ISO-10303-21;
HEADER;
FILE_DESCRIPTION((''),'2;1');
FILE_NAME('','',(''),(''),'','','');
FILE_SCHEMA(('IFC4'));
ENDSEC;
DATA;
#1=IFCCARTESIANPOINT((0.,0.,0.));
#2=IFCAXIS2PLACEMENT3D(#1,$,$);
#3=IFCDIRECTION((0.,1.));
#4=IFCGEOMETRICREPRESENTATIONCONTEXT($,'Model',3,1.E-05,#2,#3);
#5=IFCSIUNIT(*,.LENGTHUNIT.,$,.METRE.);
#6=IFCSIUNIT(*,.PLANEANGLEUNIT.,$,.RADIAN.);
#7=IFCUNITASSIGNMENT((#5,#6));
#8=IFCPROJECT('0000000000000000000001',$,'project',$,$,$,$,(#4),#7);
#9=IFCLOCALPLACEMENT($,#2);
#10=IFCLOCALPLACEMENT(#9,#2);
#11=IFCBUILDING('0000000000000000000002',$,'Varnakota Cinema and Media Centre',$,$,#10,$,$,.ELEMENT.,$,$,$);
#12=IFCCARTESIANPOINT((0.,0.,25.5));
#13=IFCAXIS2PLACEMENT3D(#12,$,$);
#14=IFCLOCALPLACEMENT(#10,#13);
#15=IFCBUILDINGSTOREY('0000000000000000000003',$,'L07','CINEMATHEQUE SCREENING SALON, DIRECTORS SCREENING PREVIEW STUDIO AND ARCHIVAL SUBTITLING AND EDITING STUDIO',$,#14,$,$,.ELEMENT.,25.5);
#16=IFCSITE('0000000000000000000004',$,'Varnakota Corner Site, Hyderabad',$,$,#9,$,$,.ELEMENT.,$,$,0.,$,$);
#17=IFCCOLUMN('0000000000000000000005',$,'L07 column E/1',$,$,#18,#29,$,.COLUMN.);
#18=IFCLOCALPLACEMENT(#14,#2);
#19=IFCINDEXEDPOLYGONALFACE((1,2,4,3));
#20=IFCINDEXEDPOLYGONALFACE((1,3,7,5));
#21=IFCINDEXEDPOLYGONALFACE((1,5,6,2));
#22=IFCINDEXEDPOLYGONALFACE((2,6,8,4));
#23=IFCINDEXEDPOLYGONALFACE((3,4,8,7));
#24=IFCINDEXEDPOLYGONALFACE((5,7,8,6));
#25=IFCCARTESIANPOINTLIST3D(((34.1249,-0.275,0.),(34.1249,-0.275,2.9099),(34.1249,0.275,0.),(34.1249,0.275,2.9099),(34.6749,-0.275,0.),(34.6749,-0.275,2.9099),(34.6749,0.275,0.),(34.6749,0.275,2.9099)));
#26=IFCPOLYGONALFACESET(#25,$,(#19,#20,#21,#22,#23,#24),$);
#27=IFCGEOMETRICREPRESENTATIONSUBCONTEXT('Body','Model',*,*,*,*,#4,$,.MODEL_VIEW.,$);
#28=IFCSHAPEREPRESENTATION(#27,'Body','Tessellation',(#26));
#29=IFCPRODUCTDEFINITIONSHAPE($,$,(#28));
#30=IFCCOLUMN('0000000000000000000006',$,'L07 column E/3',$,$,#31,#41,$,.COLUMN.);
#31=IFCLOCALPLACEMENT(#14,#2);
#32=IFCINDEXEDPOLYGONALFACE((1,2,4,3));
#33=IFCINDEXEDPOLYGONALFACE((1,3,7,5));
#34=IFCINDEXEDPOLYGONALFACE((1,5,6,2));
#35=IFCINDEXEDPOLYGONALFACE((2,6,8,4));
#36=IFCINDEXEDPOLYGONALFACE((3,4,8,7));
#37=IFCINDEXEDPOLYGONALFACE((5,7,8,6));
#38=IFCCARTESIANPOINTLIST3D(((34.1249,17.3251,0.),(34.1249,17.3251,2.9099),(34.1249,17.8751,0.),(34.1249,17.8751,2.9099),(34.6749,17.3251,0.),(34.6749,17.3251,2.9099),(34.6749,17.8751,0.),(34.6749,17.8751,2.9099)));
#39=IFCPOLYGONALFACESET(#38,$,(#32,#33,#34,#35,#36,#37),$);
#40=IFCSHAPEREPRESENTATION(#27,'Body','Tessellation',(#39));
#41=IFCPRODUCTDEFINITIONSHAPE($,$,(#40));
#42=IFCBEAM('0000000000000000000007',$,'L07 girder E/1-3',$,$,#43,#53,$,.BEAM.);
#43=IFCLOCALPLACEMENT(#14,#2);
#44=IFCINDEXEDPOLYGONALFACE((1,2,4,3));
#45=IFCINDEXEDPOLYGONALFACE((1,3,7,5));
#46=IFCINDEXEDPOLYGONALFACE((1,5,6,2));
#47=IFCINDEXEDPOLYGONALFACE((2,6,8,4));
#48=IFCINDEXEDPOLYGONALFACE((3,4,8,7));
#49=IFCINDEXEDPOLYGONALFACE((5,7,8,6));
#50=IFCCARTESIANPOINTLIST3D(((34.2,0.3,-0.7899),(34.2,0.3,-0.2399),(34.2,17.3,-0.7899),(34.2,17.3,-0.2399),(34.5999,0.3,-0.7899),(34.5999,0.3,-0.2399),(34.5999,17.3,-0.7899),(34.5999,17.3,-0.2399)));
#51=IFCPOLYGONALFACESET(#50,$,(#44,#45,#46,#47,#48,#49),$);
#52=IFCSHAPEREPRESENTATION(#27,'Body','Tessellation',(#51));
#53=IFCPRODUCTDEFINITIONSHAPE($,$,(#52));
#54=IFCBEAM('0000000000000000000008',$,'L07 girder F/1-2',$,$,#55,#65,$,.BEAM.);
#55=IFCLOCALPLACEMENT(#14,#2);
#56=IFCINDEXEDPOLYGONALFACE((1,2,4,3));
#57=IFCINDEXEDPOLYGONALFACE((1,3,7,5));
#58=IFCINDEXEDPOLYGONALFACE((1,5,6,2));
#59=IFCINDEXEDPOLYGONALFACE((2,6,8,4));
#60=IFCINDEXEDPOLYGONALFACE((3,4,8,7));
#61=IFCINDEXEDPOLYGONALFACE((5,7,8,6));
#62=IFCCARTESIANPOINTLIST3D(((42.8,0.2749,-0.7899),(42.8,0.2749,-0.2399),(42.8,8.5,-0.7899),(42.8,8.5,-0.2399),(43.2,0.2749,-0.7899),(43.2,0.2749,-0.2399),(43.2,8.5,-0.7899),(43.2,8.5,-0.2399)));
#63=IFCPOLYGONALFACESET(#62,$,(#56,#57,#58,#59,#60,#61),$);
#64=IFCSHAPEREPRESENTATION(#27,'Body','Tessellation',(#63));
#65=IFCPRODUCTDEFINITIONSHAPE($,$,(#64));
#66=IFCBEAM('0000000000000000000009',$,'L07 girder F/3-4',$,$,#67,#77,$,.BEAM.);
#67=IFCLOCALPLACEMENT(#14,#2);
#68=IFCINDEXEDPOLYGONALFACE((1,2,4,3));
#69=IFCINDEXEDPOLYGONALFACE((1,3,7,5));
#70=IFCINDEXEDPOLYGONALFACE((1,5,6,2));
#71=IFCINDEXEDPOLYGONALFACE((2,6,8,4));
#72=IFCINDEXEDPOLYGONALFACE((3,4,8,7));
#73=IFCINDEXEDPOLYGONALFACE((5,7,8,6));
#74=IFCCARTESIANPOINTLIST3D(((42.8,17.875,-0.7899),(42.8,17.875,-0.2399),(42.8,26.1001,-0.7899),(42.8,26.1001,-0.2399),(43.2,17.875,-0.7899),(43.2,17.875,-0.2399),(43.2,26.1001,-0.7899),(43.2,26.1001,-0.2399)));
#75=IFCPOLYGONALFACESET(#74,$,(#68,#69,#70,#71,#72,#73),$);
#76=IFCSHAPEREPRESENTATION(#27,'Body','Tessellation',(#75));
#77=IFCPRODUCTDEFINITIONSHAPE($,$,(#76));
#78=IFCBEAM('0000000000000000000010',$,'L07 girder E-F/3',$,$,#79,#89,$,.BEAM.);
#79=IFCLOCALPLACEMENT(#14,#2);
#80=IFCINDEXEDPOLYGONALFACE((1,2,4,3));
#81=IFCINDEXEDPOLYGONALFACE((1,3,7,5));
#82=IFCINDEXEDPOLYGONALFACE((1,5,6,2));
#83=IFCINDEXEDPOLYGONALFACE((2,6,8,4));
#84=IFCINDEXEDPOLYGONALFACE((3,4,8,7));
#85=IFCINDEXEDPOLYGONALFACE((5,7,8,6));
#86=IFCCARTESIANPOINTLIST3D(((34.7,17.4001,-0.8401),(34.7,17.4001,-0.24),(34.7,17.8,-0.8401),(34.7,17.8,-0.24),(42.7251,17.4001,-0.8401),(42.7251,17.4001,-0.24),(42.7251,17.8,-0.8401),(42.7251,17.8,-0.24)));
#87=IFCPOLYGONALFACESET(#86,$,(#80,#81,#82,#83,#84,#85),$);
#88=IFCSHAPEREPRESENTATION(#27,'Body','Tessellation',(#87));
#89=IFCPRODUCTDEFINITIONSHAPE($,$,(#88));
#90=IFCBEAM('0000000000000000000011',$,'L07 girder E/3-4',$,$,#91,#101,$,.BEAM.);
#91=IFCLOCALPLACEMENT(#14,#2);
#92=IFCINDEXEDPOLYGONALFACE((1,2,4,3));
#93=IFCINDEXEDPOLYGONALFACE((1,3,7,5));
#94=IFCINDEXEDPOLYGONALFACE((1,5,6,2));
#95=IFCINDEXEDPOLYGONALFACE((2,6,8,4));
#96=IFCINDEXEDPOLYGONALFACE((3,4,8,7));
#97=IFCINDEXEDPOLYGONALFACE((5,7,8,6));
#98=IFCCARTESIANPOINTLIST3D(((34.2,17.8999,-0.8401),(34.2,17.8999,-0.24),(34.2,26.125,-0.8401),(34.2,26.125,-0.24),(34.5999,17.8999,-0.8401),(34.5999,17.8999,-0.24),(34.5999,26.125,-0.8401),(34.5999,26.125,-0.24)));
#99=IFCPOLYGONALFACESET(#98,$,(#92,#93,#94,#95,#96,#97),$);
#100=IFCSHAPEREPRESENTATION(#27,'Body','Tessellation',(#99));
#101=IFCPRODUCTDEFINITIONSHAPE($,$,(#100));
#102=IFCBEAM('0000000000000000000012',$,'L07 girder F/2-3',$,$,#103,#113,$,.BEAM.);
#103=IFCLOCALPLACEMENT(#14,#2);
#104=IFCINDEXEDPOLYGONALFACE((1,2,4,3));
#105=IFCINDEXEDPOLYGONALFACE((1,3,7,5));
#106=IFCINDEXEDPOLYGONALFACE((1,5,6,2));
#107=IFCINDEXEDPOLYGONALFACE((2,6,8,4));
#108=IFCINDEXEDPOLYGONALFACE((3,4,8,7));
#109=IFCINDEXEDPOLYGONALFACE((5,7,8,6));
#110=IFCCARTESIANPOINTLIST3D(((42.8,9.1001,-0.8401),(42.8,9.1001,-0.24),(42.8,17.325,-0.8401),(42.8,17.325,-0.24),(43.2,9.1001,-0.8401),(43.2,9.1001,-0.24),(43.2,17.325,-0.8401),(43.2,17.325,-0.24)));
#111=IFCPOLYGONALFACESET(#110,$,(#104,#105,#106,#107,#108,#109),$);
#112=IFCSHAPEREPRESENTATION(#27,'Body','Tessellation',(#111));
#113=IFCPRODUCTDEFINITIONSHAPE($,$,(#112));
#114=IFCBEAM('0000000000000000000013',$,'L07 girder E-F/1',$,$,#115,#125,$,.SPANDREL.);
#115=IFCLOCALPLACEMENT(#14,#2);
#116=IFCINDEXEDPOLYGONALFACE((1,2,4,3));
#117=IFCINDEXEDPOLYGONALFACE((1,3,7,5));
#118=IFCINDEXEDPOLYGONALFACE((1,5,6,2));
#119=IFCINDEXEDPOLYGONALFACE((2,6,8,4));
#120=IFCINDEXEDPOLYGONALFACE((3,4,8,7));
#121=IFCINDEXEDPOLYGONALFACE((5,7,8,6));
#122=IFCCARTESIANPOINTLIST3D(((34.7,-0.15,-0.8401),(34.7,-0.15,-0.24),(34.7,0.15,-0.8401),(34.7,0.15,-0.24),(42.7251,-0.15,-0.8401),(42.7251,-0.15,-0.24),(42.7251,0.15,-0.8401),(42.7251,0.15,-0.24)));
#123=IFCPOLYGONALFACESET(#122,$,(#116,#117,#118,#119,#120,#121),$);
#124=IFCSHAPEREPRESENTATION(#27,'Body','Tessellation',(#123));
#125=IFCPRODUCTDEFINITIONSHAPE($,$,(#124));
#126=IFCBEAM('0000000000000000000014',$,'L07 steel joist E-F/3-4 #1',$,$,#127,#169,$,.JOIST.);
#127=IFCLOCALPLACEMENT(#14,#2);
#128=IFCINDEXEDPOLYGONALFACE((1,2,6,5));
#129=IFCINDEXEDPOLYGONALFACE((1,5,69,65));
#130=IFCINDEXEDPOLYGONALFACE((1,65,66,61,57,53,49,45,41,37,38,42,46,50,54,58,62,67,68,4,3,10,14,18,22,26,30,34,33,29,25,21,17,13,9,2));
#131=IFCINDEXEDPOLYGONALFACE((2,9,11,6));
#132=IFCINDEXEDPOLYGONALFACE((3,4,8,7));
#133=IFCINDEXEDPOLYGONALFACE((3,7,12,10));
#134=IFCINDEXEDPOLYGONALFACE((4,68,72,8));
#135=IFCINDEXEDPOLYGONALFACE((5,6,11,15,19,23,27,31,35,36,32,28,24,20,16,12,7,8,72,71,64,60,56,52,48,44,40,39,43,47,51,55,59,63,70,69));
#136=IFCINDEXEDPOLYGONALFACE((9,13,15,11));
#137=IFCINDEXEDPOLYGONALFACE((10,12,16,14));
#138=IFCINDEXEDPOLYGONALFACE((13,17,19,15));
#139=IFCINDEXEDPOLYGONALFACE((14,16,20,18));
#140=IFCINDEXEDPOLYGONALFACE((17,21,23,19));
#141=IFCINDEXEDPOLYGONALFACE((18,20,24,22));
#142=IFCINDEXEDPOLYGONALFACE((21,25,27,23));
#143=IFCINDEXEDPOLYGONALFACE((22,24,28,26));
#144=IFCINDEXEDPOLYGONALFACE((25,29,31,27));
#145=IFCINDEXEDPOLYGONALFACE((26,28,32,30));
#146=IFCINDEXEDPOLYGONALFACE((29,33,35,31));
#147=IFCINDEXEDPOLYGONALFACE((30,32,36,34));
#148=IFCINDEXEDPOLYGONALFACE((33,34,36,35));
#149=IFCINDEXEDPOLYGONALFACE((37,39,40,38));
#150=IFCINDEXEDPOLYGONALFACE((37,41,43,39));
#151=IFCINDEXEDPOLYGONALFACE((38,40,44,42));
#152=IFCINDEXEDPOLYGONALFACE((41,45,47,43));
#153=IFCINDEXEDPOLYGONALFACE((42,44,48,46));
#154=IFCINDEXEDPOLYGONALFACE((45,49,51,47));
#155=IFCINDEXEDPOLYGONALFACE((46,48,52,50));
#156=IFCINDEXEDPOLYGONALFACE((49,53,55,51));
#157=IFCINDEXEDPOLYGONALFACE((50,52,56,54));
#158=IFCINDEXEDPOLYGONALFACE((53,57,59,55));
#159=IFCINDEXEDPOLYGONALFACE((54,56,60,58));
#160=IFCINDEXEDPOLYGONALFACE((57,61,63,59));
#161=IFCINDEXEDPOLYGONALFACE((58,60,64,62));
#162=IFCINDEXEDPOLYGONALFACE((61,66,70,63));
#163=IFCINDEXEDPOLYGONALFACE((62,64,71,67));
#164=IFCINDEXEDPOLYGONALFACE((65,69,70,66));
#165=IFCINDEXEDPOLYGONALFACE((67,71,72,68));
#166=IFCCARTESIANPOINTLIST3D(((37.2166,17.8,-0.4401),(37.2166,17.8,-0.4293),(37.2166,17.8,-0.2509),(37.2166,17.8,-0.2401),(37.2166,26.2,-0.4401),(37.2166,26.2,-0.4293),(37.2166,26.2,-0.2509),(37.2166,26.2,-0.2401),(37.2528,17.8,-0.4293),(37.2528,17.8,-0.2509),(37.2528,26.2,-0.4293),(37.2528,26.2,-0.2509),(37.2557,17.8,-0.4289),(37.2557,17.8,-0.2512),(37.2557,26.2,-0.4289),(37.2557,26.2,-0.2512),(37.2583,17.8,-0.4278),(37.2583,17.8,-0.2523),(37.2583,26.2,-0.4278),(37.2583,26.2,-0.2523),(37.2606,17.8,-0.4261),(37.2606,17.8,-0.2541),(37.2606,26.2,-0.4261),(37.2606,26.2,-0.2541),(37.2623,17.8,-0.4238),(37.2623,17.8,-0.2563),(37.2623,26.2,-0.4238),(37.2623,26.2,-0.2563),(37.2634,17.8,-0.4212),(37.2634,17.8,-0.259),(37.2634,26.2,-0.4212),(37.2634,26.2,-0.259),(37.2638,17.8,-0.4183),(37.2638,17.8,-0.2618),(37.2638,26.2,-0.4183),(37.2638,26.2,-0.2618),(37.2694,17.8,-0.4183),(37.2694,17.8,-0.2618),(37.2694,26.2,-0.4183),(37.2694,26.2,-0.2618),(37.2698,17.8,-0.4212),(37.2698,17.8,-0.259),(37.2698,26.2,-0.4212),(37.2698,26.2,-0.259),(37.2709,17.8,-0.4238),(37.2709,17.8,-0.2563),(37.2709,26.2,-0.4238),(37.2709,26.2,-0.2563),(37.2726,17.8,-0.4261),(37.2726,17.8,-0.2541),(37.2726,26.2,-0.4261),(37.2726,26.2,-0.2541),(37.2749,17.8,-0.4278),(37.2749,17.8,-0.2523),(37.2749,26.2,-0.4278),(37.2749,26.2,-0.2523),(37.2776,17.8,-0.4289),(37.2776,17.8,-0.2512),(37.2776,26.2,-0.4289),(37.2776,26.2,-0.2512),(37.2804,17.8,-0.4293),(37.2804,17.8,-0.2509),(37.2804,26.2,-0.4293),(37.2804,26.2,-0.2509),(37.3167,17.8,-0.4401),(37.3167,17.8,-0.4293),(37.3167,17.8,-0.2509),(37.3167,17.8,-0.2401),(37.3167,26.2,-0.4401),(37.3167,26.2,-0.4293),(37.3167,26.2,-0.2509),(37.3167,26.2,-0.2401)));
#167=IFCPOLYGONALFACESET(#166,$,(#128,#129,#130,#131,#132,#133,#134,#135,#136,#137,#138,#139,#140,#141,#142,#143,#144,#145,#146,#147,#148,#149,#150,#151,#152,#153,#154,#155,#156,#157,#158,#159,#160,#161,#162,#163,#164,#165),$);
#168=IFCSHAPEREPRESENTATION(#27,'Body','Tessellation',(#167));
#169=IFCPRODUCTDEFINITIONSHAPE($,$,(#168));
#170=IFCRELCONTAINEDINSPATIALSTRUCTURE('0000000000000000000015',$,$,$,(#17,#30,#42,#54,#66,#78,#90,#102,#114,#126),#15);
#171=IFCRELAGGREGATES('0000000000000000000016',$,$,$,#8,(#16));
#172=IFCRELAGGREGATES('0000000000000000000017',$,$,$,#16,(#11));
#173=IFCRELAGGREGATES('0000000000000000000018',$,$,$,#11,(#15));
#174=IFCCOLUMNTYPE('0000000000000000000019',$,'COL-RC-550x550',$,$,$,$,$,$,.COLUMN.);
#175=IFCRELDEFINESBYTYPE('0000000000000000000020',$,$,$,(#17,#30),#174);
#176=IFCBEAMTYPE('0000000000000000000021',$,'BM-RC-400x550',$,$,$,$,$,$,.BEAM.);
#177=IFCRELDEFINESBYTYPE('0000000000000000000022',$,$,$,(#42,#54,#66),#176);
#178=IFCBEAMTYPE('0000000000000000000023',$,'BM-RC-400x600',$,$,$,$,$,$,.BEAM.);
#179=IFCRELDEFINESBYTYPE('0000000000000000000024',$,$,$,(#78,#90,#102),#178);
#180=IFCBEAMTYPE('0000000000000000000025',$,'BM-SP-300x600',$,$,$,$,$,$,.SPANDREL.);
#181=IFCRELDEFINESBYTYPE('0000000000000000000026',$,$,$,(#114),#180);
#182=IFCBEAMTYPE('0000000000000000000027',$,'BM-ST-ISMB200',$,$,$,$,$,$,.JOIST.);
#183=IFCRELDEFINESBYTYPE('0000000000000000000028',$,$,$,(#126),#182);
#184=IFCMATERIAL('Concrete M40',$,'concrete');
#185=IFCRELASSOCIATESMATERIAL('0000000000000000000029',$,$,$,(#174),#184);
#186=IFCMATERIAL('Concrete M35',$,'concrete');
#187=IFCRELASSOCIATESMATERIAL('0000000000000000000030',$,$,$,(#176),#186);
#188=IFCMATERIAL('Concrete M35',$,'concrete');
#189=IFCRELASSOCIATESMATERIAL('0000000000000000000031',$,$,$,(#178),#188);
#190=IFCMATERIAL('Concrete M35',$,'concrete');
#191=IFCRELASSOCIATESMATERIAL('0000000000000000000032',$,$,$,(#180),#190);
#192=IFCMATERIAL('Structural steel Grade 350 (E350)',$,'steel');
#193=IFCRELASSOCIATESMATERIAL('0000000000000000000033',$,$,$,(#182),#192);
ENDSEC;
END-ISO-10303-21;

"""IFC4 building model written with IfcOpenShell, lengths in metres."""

from ifc_helpers import new_model, si_unit, direction, frame, origin, origin_2d, place, context, subcontext, project, spatial, rectangle, i_section, extrude, material, material_profile, profile_set, type_object, element, save


model = new_model("IFC4")

# Units and contexts
model_context = context("Model", 3, precision=1e-05, world=origin(), true_north=direction((0.0, 1.0)))
body_context = subcontext(model_context, "Body", "Model", "MODEL_VIEW")
ifc_project = project(units=[si_unit("LENGTHUNIT", "METRE"), si_unit("PLANEANGLEUNIT", "RADIAN")], contexts=[model_context])

# Site, building, storey
site_placement = place(None, origin())
site = spatial("IfcSite", under=ifc_project, at=site_placement, Name="Varnakota Corner Site, Hyderabad", CompositionType="ELEMENT", RefElevation=0.0)
building_placement = place(site_placement, origin())
building = spatial("IfcBuilding", under=site, at=building_placement, Name="Varnakota Cinema and Media Centre", CompositionType="ELEMENT")
storey_placement = place(building_placement, frame((0.0, 0.0, 25.5)))
storey = spatial("IfcBuildingStorey", under=building, at=storey_placement, Name="L07", Description="CINEMATHEQUE SCREENING SALON, DIRECTORS SCREENING PREVIEW STUDIO AND ARCHIVAL SUBTITLING AND EDITING STUDIO", CompositionType="ELEMENT", Elevation=25.5)

# Columns
ifc_material_1 = material(Name="Concrete M40", Category="concrete")
ifc_material_profile_1 = material_profile(ifc_material_1, rectangle(XDim=0.55, YDim=0.55, at=origin_2d()), Name="RC 550x550")
ifc_profile_set_1 = profile_set([ifc_material_profile_1], Name="Concrete M40")
column_type = type_object("IfcColumnType", Name="COL-RC-550x550", PredefinedType="COLUMN", material=ifc_profile_set_1)
for number, where, z_axis, x_axis, name in (
    (1, (34.3999, 0.0, 0.0), (0.0, 0.0, 1.0), (1.0, 0.0, 0.0), "L07 column E/1"),
    (2, (34.3999, 17.6001, 0.0), (0.0, 0.0, 1.0), (1.0, 0.0, 0.0), "L07 column E/3"),
):
    element("IfcColumn", number, at=place(storey_placement, frame(where, z_axis=z_axis, x_axis=x_axis)), inside=storey, type_object=column_type, Name=name, PredefinedType="COLUMN", context=body_context, shape_type="SweptSolid", body=[
        extrude(rectangle(XDim=0.55, YDim=0.55, at=origin_2d()), origin(), (0.0, 0.0, 1.0), 2.9099),
    ])

# Beams
ifc_material_2 = material(Name="Concrete M35", Category="concrete")
ifc_material_profile_2 = material_profile(ifc_material_2, rectangle(XDim=0.3999, YDim=0.55, at=origin_2d()), Name="RCB 400x550")
ifc_profile_set_2 = profile_set([ifc_material_profile_2], Name="Concrete M35")
beam_type_1 = type_object("IfcBeamType", Name="BM-RC-400x550", PredefinedType="BEAM", material=ifc_profile_set_2)
beam_1_placement = place(storey_placement, frame((34.3999, 0.3, -0.5149), z_axis=(0.0, 1.0, 0.0), x_axis=(-1.0, 0.0, 0.0)))
element("IfcBeam", 3, at=beam_1_placement, inside=storey, type_object=beam_type_1, Name="L07 girder E/1-3", PredefinedType="BEAM", context=body_context, shape_type="SweptSolid", body=[
    extrude(rectangle(XDim=0.3999, YDim=0.55, at=origin_2d()), origin(), (0.0, 0.0, 1.0), 17.0),
])
for number, where, z_axis, x_axis, name in (
    (4, (43.0, 0.2749, -0.5149), (0.0, 1.0, 0.0), (-1.0, 0.0, 0.0), "L07 girder F/1-2"),
    (5, (43.0, 17.875, -0.5149), (0.0, 1.0, 0.0), (-1.0, 0.0, 0.0), "L07 girder F/3-4"),
):
    element("IfcBeam", number, at=place(storey_placement, frame(where, z_axis=z_axis, x_axis=x_axis)), inside=storey, type_object=beam_type_1, Name=name, PredefinedType="BEAM", context=body_context, shape_type="SweptSolid", body=[
        extrude(rectangle(XDim=0.3999, YDim=0.55, at=origin_2d()), origin(), (0.0, 0.0, 1.0), 8.2251),
    ])
ifc_material_3 = material(Name="Concrete M35", Category="concrete")
ifc_material_profile_3 = material_profile(ifc_material_3, rectangle(XDim=0.3999, YDim=0.6001, at=origin_2d()), Name="RCB 400x600")
ifc_profile_set_3 = profile_set([ifc_material_profile_3], Name="Concrete M35")
beam_type_2 = type_object("IfcBeamType", Name="BM-RC-400x600", PredefinedType="BEAM", material=ifc_profile_set_3)
beam_2_placement = place(storey_placement, frame((34.7, 17.6001, -0.54), z_axis=(1.0, 0.0, 0.0), x_axis=(0.0, 1.0, 0.0)))
element("IfcBeam", 6, at=beam_2_placement, inside=storey, type_object=beam_type_2, Name="L07 girder E-F/3", PredefinedType="BEAM", context=body_context, shape_type="SweptSolid", body=[
    extrude(rectangle(XDim=0.3999, YDim=0.6001, at=origin_2d()), origin(), (0.0, 0.0, 1.0), 8.0251),
])
beam_3_placement = place(storey_placement, frame((34.3999, 17.8999, -0.54), z_axis=(0.0, 1.0, 0.0), x_axis=(-1.0, 0.0, 0.0)))
element("IfcBeam", 7, at=beam_3_placement, inside=storey, type_object=beam_type_2, Name="L07 girder E/3-4", PredefinedType="BEAM", context=body_context, shape_type="SweptSolid", body=[
    extrude(rectangle(XDim=0.3999, YDim=0.6001, at=origin_2d()), origin(), (0.0, 0.0, 1.0), 8.2251),
])
beam_4_placement = place(storey_placement, frame((43.0, 9.1001, -0.54), z_axis=(0.0, 1.0, 0.0), x_axis=(-1.0, 0.0, 0.0)))
element("IfcBeam", 8, at=beam_4_placement, inside=storey, type_object=beam_type_2, Name="L07 girder F/2-3", PredefinedType="BEAM", context=body_context, shape_type="SweptSolid", body=[
    extrude(rectangle(XDim=0.3999, YDim=0.6001, at=origin_2d()), origin(), (0.0, 0.0, 1.0), 8.2249),
])
ifc_material_4 = material(Name="Concrete M35", Category="concrete")
ifc_material_profile_4 = material_profile(ifc_material_4, rectangle(XDim=0.3, YDim=0.6001, at=origin_2d()), Name="RCB 300x600")
ifc_profile_set_4 = profile_set([ifc_material_profile_4], Name="Concrete M35")
beam_type_3 = type_object("IfcBeamType", Name="BM-SP-300x600", PredefinedType="SPANDREL", material=ifc_profile_set_4)
beam_5_placement = place(storey_placement, frame((34.7, 0.0, -0.54), z_axis=(1.0, 0.0, 0.0), x_axis=(0.0, 1.0, 0.0)))
element("IfcBeam", 9, at=beam_5_placement, inside=storey, type_object=beam_type_3, Name="L07 girder E-F/1", PredefinedType="SPANDREL", context=body_context, shape_type="SweptSolid", body=[
    extrude(rectangle(XDim=0.3, YDim=0.6001, at=origin_2d()), origin(), (0.0, 0.0, 1.0), 8.0251),
])
ifc_material_5 = material(Name="Structural steel Grade 350 (E350)", Category="steel")
ifc_material_profile_5 = material_profile(ifc_material_5, i_section(OverallWidth=0.1001, OverallDepth=0.2, WebThickness=0.0056, FlangeThickness=0.0107, FilletRadius=0.011, at=origin_2d()), Name="ISMB 200")
ifc_profile_set_5 = profile_set([ifc_material_profile_5], Name="Structural steel Grade 350 (E350)")
beam_type_4 = type_object("IfcBeamType", Name="BM-ST-ISMB200", PredefinedType="JOIST", material=ifc_profile_set_5)
for number, where, z_axis, x_axis, name in (
    (10, (37.2666, 17.8, -0.3401), (0.0, 1.0, 0.0), (-1.0, 0.0, 0.0), "L07 steel joist E-F/3-4 #1"),
):
    element("IfcBeam", number, at=place(storey_placement, frame(where, z_axis=z_axis, x_axis=x_axis)), inside=storey, type_object=beam_type_4, Name=name, PredefinedType="JOIST", context=body_context, shape_type="SweptSolid", body=[
        extrude(i_section(OverallWidth=0.1001, OverallDepth=0.2, WebThickness=0.0056, FlangeThickness=0.0107, FilletRadius=0.011, at=origin_2d()), origin(), (0.0, 0.0, 1.0), 8.3999),
    ])

save(model, "model.ifc")
